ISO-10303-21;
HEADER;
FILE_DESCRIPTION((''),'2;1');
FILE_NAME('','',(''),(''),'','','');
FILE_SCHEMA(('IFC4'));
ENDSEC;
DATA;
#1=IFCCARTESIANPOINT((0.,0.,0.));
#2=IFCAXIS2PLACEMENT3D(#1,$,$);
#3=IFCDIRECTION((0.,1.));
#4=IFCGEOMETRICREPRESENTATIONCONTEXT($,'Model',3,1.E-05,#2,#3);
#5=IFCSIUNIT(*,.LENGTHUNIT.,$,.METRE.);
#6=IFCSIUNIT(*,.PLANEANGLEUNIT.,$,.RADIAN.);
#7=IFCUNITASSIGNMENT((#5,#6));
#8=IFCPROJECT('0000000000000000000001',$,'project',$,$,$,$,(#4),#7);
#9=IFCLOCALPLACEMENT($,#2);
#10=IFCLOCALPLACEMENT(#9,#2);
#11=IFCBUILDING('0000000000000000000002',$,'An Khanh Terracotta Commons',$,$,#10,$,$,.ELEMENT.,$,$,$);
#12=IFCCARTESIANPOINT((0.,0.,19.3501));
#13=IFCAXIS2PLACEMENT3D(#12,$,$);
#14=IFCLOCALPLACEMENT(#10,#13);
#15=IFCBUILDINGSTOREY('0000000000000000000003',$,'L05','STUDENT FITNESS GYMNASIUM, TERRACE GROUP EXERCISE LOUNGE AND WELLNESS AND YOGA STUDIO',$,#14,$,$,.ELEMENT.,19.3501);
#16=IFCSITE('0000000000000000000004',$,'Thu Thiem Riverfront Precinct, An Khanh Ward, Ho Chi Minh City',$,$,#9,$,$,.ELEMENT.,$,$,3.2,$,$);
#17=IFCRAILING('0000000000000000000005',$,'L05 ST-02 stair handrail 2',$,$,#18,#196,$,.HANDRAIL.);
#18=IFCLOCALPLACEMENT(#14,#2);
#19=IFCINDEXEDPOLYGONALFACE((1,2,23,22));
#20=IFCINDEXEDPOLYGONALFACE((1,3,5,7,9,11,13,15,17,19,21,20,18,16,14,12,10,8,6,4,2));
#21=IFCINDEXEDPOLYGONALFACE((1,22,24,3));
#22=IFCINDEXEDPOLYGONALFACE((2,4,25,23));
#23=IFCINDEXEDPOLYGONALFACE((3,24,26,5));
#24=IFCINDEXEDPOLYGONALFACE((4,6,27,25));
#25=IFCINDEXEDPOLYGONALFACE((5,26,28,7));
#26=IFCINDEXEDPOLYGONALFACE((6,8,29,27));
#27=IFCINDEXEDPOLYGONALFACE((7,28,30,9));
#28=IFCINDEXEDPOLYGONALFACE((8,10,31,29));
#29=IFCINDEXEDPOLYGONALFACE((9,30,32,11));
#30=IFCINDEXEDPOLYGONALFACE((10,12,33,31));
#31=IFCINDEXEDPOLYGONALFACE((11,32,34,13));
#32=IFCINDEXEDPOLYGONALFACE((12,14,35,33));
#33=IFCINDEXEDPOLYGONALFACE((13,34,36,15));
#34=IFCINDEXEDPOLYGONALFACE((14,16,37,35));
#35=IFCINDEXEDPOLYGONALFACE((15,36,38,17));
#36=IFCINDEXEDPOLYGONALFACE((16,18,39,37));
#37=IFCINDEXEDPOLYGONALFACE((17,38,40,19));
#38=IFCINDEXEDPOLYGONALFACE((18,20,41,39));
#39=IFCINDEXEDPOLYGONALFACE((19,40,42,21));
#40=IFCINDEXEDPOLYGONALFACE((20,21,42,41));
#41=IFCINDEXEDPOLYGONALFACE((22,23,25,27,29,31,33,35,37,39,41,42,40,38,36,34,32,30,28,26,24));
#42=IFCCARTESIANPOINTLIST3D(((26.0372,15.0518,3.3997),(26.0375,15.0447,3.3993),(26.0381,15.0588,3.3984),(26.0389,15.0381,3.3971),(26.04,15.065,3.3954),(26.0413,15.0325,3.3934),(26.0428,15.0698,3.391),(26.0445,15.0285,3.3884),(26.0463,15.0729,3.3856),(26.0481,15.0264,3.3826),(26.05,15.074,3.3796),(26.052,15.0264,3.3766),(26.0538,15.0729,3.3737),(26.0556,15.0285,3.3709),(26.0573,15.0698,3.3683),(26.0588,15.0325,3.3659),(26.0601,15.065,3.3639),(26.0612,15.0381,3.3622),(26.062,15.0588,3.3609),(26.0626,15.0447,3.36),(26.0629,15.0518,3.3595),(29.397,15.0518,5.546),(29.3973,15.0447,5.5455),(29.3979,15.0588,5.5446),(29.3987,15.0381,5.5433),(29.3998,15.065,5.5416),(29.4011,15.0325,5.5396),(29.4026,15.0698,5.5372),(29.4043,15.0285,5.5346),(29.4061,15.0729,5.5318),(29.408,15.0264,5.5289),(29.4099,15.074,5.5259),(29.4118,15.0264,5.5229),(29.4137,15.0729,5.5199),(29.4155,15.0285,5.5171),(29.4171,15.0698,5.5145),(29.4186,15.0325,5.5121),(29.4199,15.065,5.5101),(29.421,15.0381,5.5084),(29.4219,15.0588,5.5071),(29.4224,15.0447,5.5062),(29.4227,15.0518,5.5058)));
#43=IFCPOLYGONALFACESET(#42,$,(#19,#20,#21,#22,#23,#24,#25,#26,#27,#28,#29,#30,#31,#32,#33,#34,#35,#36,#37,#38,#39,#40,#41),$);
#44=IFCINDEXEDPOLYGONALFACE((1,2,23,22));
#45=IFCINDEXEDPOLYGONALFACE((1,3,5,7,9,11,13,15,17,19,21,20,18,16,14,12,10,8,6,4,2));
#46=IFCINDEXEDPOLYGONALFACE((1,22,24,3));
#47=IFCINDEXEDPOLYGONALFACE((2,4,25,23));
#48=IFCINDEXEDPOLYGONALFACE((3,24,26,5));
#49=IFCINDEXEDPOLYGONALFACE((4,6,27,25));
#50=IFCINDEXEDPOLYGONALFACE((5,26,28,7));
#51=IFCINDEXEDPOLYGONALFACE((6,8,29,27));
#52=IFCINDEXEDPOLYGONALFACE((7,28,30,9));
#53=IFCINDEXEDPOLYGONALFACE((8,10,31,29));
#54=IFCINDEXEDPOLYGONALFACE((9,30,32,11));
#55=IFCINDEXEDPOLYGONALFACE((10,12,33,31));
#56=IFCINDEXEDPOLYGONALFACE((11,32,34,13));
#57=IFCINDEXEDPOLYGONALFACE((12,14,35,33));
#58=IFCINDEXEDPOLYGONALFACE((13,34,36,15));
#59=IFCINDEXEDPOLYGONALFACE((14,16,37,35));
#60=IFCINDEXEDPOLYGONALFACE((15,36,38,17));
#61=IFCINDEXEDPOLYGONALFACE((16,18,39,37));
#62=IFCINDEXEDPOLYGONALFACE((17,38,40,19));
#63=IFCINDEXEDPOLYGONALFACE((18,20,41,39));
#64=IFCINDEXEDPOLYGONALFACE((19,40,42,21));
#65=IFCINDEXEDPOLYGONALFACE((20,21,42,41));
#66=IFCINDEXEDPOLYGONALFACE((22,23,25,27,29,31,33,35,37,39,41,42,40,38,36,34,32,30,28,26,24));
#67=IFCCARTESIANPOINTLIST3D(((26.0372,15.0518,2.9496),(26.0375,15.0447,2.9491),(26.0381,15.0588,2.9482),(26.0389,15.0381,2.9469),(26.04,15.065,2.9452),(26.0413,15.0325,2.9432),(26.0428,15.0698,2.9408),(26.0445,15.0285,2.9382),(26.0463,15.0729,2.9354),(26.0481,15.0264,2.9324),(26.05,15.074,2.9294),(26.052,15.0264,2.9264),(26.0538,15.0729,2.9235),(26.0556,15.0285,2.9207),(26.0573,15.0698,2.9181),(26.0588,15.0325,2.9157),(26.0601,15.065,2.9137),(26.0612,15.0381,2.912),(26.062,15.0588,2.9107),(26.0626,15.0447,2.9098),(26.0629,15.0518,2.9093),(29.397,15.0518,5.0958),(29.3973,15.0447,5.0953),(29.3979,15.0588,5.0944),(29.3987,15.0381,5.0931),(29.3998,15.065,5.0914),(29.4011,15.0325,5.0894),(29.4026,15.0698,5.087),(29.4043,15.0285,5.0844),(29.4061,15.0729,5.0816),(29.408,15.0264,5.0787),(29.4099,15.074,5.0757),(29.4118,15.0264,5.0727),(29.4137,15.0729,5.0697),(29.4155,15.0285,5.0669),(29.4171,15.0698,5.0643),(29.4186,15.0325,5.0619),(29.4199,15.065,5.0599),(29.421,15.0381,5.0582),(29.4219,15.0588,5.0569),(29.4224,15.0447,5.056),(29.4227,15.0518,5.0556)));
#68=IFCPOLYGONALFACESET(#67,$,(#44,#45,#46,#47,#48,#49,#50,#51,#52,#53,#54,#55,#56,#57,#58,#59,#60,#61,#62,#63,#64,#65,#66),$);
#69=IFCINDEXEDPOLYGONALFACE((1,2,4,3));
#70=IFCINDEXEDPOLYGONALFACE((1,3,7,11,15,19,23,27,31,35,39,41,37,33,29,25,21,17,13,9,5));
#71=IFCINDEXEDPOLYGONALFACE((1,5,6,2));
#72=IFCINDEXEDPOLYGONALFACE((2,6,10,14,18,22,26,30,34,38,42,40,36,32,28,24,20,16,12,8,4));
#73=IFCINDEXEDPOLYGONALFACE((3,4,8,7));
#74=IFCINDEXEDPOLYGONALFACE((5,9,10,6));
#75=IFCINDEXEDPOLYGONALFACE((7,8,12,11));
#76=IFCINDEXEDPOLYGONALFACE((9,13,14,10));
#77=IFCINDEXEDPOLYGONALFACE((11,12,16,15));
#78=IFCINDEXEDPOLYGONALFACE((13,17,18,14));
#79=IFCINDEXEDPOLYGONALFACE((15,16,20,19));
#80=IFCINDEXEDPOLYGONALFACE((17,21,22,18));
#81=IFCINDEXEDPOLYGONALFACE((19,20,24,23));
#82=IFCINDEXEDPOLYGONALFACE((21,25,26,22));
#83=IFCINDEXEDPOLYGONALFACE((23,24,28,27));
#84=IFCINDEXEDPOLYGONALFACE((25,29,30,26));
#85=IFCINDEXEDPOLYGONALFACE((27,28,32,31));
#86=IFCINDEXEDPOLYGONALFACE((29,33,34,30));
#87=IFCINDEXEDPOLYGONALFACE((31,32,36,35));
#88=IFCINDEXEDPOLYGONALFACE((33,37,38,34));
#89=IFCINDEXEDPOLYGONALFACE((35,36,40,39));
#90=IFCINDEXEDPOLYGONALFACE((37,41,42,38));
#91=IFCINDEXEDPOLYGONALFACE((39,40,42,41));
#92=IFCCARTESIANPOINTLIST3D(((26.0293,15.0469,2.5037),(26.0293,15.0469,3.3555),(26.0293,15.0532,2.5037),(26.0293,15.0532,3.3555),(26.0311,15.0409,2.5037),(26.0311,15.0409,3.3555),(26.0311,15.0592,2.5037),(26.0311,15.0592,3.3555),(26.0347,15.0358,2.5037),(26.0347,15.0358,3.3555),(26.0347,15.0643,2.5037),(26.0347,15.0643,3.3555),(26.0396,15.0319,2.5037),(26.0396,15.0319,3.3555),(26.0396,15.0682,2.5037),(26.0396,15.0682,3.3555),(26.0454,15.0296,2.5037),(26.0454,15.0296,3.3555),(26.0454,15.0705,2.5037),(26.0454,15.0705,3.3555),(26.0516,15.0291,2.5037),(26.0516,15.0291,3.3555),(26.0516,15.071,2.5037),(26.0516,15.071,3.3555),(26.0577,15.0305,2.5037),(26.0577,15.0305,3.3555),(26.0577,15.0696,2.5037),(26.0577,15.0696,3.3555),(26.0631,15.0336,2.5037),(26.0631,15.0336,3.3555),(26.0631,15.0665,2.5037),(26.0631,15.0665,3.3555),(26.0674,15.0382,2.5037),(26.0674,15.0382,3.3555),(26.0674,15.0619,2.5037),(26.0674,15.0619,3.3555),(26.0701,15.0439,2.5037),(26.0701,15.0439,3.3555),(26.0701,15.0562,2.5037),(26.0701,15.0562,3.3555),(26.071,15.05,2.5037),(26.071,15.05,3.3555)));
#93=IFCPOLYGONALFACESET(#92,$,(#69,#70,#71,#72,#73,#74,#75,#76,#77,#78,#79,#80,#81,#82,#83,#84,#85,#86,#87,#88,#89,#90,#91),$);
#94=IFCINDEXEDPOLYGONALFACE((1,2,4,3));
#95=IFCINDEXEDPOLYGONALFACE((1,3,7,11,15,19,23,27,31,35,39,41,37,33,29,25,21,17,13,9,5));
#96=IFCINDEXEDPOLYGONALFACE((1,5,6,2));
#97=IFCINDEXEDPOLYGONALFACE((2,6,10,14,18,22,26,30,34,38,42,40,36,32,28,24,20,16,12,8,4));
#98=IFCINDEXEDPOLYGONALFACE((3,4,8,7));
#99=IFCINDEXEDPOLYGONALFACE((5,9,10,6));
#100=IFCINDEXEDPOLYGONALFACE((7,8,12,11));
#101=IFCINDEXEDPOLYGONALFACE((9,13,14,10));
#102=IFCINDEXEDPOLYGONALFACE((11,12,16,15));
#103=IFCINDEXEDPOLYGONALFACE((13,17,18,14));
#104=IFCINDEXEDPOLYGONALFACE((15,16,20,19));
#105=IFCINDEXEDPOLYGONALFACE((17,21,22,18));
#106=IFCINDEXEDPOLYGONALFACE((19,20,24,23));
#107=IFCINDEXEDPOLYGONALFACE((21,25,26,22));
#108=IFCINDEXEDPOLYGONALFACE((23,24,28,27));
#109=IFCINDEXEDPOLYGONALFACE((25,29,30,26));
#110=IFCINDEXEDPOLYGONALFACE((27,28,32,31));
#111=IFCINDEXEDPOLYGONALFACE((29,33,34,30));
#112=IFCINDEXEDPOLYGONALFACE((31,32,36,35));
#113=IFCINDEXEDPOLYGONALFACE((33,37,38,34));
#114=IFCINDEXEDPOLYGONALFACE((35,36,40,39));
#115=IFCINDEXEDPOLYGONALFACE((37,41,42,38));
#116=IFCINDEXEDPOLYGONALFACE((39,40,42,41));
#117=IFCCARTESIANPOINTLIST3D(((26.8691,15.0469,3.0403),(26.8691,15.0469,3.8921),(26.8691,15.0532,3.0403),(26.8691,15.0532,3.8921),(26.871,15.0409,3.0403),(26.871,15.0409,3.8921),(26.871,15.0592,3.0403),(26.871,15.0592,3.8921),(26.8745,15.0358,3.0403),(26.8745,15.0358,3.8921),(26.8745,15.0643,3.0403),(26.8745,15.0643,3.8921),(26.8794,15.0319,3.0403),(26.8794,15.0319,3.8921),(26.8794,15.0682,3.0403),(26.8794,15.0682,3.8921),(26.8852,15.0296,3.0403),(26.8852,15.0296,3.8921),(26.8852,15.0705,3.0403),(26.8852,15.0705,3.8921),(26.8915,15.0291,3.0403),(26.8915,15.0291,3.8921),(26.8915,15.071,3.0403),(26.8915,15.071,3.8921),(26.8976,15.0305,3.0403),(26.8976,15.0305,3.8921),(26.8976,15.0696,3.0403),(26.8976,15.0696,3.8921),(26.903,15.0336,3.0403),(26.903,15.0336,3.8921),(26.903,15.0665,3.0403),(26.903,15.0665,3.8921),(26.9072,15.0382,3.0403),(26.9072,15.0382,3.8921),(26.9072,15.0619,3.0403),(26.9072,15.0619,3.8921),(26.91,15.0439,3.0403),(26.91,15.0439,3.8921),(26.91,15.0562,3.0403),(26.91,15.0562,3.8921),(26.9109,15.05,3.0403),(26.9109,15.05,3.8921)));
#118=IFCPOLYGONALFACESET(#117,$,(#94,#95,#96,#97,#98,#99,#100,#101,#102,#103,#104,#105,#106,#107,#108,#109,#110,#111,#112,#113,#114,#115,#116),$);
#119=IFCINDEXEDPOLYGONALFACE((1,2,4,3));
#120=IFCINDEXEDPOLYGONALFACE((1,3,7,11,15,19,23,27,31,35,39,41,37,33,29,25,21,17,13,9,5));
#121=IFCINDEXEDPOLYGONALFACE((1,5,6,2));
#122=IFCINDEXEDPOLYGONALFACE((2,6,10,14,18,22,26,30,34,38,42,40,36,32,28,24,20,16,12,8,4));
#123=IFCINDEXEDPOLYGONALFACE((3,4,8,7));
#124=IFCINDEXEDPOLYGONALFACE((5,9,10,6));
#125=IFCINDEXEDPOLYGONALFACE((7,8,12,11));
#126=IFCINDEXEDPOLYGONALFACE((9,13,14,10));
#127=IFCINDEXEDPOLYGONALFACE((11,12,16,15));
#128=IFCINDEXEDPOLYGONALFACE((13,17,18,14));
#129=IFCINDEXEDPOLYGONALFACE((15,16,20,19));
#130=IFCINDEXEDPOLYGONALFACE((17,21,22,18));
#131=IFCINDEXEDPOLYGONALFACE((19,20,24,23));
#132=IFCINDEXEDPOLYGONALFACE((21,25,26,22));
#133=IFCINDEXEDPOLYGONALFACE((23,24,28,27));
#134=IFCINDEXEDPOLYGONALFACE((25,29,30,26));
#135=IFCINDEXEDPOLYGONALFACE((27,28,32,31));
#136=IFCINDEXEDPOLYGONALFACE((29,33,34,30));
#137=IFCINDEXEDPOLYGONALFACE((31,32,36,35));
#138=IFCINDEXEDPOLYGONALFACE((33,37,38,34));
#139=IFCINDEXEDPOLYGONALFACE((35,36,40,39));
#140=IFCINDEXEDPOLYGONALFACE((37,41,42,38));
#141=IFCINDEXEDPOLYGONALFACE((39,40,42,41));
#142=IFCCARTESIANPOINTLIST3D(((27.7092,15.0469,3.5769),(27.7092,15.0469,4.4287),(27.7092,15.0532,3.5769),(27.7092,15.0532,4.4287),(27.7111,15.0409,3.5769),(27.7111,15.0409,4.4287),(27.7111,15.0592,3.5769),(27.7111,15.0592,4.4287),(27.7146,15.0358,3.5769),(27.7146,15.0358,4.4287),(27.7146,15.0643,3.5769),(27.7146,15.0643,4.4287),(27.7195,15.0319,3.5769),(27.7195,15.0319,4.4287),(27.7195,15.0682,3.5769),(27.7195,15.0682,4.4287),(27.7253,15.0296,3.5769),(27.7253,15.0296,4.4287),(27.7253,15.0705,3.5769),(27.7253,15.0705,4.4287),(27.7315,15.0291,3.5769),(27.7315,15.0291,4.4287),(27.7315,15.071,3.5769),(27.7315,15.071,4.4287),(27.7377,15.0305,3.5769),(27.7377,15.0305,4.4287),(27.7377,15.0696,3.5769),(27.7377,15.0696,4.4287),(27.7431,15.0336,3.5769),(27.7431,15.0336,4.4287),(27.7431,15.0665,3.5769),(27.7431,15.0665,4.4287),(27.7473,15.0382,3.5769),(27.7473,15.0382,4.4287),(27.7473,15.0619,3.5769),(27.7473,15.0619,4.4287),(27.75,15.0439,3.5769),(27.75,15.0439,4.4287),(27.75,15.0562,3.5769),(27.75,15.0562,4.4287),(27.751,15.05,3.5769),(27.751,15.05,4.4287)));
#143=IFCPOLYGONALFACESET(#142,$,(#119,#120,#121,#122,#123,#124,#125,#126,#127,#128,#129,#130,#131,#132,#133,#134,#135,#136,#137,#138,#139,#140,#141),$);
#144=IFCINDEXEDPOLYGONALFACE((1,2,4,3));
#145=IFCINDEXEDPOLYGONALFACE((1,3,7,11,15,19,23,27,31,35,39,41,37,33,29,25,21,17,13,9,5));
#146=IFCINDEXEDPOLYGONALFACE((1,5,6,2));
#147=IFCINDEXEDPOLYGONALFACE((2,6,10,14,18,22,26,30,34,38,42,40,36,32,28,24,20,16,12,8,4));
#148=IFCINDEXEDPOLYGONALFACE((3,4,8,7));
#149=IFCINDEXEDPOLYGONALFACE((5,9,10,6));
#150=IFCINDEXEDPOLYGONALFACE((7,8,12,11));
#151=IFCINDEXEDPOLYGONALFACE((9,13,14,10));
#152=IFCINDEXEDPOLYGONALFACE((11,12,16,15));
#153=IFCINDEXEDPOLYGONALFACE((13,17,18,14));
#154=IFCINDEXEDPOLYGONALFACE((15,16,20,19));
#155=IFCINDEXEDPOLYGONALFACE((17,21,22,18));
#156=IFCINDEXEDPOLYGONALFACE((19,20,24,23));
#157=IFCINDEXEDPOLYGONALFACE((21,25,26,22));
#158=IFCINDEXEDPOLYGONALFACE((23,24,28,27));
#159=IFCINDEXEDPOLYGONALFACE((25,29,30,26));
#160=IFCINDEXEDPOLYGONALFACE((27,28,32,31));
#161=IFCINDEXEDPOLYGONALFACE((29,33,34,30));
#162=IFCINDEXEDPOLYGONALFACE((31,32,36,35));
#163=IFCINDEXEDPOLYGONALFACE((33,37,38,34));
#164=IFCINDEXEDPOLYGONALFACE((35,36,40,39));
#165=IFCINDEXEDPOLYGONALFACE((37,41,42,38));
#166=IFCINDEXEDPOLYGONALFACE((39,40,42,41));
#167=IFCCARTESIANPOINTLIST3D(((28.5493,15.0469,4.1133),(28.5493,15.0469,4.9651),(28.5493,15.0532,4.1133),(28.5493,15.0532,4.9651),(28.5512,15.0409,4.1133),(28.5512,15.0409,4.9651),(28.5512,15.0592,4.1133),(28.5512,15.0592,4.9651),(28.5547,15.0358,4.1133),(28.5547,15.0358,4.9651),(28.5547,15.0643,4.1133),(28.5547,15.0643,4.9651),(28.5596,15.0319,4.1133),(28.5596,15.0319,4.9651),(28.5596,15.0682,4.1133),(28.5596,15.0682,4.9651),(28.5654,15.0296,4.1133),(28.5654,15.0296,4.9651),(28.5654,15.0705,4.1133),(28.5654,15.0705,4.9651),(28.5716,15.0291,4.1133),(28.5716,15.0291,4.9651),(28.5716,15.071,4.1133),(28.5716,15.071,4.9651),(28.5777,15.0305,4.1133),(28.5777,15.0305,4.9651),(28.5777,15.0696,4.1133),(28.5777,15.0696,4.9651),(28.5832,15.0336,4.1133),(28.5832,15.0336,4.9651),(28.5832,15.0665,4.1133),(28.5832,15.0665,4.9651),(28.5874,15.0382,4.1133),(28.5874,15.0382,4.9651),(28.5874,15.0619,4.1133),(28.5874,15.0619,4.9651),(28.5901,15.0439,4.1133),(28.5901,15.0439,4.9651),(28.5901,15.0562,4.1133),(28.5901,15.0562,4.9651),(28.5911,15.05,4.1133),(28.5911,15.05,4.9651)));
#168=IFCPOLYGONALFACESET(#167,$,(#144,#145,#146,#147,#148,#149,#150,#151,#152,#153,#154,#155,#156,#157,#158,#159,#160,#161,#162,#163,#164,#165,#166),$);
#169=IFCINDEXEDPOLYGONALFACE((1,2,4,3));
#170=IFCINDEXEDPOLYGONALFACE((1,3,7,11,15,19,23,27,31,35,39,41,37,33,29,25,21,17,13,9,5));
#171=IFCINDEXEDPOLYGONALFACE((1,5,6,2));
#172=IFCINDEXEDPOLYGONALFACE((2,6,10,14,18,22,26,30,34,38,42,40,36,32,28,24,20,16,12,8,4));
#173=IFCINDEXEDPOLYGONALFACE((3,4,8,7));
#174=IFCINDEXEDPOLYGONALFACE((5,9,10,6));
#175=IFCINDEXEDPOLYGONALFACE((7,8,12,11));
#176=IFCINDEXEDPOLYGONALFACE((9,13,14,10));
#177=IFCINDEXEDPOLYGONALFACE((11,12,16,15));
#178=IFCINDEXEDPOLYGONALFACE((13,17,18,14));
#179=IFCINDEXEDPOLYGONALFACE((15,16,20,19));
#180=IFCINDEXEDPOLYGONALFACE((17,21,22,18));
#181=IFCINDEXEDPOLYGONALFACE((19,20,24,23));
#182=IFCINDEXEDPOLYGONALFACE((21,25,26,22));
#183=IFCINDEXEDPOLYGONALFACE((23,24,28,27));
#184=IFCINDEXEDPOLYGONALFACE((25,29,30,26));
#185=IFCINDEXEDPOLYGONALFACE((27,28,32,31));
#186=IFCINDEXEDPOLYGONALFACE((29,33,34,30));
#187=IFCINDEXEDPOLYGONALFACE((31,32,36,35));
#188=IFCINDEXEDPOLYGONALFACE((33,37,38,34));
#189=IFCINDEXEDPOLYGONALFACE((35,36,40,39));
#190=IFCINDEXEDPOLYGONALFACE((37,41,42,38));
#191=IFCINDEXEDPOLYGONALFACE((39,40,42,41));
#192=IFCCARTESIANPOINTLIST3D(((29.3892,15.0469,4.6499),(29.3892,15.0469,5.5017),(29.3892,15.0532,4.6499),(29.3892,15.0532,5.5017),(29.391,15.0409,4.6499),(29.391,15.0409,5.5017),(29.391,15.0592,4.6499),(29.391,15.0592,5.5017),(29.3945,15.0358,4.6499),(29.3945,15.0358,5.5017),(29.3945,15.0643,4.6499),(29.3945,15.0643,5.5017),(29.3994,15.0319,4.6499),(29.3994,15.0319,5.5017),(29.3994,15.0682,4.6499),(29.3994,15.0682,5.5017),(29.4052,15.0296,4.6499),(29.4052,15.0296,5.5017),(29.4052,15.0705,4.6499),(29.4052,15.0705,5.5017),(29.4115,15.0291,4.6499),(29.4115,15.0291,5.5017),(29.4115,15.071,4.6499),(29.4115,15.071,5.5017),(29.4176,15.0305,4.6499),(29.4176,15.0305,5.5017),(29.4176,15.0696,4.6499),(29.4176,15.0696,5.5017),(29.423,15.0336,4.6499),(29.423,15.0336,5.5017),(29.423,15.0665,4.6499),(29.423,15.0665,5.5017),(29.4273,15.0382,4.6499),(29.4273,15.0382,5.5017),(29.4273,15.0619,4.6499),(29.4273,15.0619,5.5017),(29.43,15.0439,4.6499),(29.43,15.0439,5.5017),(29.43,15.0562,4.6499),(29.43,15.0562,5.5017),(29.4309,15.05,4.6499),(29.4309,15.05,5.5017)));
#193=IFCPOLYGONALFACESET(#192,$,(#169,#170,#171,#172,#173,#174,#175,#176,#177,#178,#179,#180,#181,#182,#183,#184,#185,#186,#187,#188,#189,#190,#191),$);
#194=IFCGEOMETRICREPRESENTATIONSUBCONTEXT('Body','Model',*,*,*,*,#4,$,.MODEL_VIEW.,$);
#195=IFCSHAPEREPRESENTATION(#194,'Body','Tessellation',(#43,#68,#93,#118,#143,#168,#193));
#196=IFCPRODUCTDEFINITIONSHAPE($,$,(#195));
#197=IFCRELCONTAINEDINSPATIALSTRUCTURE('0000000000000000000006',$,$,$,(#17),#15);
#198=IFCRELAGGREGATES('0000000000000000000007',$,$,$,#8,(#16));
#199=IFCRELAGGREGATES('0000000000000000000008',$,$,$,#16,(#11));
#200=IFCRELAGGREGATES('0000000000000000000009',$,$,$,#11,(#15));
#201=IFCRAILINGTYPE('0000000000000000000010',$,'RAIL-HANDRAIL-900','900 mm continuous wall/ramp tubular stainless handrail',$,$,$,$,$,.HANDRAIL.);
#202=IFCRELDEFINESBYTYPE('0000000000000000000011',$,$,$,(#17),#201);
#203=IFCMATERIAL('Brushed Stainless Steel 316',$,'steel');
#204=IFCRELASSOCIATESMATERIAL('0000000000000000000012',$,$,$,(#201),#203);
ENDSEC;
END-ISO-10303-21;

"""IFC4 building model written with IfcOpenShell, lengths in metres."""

from ifc_helpers import new_model, si_unit, direction, frame, origin, origin_2d, place, context, subcontext, project, spatial, circle, extrude, material, type_object, element, save


model = new_model("IFC4")

# Units and contexts
model_context = context("Model", 3, precision=1e-05, world=origin(), true_north=direction((0.0, 1.0)))
body_context = subcontext(model_context, "Body", "Model", "MODEL_VIEW")
ifc_project = project(units=[si_unit("LENGTHUNIT", "METRE"), si_unit("PLANEANGLEUNIT", "RADIAN")], contexts=[model_context])

# Site, building, storey
site_placement = place(None, origin())
site = spatial("IfcSite", under=ifc_project, at=site_placement, Name="Thu Thiem Riverfront Precinct, An Khanh Ward, Ho Chi Minh City", CompositionType="ELEMENT", RefElevation=3.2)
building_placement = place(site_placement, origin())
building = spatial("IfcBuilding", under=site, at=building_placement, Name="An Khanh Terracotta Commons", CompositionType="ELEMENT")
storey_placement = place(building_placement, frame((0.0, 0.0, 19.3501)))
storey = spatial("IfcBuildingStorey", under=building, at=storey_placement, Name="L05", Description="STUDENT FITNESS GYMNASIUM, TERRACE GROUP EXERCISE LOUNGE AND WELLNESS AND YOGA STUDIO", CompositionType="ELEMENT", Elevation=19.3501)

# Railing
ifc_material_1 = material(Name="Brushed Stainless Steel 316", Category="steel")
railing_type_1 = type_object("IfcRailingType", Name="RAIL-HANDRAIL-900", Description="900 mm continuous wall/ramp tubular stainless handrail", PredefinedType="HANDRAIL", material=ifc_material_1)
railing_1_placement = place(storey_placement, frame((26.05, 15.05, 2.5037)))
element("IfcRailing", 1, at=railing_1_placement, inside=storey, type_object=railing_type_1, Name="L05 ST-02 stair handrail 2", PredefinedType="HANDRAIL", context=body_context, shape_type="SweptSolid", body=[
    extrude(circle(Radius=0.0239, at=origin_2d()), frame((0.0, 0.0, 0.876), z_axis=(0.842735, 0.0, 0.538329), x_axis=(0.0, 1.0, 0.0)), (0.0, 0.0, 1.0), 3.9868),
    extrude(circle(Radius=0.0239, at=origin_2d()), frame((0.0, 0.0, 0.4258), z_axis=(0.842735, 0.0, 0.538329), x_axis=(0.0, 1.0, 0.0)), (0.0, 0.0, 1.0), 3.9868),
    extrude(circle(Radius=0.021, at=origin_2d()), origin(), (0.0, 0.0, 1.0), 0.8518),
    extrude(circle(Radius=0.021, at=origin_2d()), frame((0.8398, 0.0, 0.5366)), (0.0, 0.0, 1.0), 0.8518),
    extrude(circle(Radius=0.021, at=origin_2d()), frame((1.6799, 0.0, 1.0732)), (0.0, 0.0, 1.0), 0.8518),
    extrude(circle(Radius=0.021, at=origin_2d()), frame((2.52, 0.0, 1.6096)), (0.0, 0.0, 1.0), 0.8518),
    extrude(circle(Radius=0.021, at=origin_2d()), frame((3.3599, 0.0, 2.1462)), (0.0, 0.0, 1.0), 0.8518),
])

save(model, "model.ifc")
